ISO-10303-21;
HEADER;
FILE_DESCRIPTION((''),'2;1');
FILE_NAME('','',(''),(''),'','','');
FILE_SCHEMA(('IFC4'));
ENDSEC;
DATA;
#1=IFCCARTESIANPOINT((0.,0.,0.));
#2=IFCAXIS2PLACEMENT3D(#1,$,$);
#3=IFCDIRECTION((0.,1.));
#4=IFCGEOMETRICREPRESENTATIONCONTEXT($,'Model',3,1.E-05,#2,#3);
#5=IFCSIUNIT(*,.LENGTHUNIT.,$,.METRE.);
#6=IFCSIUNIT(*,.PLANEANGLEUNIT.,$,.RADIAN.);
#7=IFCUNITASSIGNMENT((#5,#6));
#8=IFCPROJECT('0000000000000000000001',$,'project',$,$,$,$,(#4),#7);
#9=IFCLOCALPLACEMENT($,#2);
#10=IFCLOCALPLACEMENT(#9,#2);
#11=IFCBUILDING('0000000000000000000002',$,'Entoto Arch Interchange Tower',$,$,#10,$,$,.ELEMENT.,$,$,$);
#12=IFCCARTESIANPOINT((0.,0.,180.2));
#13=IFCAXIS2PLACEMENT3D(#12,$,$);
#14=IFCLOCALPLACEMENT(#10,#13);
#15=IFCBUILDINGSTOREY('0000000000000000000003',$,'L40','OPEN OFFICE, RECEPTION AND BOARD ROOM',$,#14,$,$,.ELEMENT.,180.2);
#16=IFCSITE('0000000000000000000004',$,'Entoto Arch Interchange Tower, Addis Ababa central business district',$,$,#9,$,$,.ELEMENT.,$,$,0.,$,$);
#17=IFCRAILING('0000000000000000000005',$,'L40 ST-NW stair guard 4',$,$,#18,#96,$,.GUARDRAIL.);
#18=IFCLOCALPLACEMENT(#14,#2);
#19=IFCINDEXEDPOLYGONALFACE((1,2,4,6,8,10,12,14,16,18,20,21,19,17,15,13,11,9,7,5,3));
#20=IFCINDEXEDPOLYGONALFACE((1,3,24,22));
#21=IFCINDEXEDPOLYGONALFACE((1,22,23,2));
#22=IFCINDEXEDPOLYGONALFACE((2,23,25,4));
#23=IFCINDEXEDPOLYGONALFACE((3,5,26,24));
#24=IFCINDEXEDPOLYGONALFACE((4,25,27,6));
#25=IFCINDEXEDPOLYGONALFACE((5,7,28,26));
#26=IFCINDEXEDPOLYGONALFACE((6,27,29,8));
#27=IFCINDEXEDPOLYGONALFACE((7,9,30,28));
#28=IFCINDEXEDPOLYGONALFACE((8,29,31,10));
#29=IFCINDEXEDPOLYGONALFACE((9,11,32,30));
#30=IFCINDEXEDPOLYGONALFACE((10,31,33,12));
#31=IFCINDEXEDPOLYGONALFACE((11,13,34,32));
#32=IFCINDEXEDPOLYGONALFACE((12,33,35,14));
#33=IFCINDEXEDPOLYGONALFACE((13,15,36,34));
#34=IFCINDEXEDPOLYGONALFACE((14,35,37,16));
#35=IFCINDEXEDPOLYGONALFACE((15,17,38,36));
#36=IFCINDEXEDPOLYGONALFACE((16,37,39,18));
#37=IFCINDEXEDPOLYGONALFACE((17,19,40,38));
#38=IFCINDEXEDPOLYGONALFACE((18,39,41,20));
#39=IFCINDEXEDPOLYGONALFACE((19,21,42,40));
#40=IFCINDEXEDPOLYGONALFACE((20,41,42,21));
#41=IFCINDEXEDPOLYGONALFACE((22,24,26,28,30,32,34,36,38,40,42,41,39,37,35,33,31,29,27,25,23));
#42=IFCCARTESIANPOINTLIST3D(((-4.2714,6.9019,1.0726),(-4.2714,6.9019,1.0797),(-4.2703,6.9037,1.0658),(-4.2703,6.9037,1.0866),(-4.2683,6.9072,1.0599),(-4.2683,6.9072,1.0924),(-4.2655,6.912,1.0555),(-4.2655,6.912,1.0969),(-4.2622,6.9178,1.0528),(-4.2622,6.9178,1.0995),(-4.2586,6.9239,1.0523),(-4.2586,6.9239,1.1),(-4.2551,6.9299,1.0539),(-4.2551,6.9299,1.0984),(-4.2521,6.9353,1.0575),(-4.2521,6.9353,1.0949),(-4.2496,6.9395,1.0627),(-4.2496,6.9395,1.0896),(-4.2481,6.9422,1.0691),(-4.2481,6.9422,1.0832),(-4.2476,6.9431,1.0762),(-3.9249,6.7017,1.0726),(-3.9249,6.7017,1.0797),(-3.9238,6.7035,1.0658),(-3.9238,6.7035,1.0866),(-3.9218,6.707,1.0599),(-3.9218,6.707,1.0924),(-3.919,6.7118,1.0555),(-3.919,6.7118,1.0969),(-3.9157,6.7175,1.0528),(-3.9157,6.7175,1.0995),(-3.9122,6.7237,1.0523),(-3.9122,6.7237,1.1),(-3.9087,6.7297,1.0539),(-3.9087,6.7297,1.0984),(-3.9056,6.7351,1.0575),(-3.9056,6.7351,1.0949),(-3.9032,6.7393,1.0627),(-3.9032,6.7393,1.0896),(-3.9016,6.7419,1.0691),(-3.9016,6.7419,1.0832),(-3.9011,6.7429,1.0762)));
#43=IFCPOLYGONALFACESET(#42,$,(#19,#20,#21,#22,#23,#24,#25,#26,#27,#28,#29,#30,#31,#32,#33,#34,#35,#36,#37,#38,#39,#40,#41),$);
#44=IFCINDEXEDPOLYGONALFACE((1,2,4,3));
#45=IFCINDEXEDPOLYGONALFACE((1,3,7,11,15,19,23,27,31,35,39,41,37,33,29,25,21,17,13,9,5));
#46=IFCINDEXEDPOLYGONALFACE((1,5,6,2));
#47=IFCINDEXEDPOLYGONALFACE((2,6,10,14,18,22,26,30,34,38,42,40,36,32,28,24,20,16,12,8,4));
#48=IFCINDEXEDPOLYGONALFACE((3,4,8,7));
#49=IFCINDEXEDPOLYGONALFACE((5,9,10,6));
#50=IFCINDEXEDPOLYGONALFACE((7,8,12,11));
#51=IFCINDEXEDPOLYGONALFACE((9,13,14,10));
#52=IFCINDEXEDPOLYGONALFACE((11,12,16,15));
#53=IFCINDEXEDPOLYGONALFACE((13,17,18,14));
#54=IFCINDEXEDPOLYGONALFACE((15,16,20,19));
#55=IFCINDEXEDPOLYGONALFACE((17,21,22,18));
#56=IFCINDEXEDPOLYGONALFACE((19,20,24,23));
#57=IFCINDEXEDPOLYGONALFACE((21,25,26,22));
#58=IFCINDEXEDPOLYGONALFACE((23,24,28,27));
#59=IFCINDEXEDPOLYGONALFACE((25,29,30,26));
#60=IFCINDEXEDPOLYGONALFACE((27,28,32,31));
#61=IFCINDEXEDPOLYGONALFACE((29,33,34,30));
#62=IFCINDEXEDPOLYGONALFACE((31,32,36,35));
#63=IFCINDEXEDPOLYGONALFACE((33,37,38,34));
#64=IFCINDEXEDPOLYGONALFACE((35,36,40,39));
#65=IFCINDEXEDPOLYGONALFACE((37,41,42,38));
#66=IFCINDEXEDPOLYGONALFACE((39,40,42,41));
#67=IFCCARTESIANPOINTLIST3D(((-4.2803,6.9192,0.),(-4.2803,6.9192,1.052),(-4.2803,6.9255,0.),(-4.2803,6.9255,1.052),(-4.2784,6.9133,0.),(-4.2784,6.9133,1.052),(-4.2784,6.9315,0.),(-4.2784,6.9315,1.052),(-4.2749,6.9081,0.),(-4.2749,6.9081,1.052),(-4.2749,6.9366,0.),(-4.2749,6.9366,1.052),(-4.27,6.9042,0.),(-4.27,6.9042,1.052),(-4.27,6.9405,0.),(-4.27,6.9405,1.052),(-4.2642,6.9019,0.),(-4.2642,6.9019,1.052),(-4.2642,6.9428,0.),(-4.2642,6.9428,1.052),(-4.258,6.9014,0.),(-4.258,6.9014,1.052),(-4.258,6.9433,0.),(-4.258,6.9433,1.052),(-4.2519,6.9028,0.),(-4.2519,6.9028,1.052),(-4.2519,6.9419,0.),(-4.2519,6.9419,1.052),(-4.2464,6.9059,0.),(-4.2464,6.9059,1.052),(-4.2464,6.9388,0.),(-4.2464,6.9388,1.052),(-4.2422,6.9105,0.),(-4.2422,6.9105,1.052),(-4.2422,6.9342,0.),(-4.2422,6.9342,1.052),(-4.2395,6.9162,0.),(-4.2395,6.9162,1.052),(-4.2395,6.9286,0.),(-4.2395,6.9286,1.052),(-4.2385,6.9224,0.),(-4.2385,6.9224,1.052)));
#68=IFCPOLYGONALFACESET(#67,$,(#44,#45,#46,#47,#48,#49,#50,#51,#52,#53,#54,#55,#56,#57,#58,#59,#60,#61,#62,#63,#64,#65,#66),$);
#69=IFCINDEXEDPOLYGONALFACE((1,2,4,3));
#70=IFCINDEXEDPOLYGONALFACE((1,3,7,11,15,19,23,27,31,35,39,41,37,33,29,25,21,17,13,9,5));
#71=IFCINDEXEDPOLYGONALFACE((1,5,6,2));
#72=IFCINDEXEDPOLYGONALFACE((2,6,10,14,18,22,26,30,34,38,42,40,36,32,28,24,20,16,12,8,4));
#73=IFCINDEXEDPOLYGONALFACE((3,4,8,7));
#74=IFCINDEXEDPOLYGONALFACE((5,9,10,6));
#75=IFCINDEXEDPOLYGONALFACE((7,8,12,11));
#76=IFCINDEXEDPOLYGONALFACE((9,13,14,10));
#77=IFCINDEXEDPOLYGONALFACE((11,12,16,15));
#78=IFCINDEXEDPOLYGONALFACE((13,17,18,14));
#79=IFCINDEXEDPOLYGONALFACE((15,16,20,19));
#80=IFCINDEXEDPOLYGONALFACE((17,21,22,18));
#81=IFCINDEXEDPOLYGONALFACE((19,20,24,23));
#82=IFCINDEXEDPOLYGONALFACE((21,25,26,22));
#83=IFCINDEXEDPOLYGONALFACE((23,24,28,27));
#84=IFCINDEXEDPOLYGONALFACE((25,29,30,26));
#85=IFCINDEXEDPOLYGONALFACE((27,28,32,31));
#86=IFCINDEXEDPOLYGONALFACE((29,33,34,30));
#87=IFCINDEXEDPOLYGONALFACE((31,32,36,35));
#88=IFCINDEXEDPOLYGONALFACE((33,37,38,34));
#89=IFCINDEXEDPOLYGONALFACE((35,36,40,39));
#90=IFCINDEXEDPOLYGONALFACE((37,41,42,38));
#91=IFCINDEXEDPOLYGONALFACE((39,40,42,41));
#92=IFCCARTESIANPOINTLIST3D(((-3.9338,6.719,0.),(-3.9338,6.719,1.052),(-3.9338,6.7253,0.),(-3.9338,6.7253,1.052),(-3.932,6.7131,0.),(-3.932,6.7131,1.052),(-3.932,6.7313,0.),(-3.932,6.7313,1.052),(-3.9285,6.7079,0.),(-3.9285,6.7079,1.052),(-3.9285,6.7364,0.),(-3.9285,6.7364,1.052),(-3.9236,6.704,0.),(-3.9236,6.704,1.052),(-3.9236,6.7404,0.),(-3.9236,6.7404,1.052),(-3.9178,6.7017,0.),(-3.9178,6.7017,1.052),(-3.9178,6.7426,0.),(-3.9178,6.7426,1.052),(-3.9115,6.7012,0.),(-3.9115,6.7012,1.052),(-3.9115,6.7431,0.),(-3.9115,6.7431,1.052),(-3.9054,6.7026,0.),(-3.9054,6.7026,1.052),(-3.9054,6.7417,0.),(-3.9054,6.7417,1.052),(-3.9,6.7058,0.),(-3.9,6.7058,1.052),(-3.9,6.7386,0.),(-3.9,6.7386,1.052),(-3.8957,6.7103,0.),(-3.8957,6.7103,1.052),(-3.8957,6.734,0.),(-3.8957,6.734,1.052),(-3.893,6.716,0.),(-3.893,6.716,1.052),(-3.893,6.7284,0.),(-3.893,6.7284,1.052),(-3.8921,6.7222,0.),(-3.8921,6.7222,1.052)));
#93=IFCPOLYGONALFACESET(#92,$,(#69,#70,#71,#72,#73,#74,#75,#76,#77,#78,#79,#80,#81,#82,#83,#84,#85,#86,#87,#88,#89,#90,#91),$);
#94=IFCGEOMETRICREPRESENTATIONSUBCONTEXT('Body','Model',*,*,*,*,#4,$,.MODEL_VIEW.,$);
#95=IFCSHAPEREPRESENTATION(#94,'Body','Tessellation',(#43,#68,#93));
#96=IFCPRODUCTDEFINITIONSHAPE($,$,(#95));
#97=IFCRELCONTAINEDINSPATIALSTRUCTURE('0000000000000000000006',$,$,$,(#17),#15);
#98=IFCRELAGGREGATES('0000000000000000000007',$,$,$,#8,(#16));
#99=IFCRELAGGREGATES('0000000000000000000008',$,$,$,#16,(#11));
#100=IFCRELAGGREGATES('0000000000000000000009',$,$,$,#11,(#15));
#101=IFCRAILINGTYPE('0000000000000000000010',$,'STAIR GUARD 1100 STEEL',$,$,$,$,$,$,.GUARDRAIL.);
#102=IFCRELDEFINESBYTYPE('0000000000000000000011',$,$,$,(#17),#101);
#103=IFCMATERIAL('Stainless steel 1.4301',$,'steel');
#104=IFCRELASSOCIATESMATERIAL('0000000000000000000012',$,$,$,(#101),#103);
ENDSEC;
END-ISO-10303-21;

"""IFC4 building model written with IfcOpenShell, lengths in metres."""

from ifc_helpers import new_model, si_unit, direction, frame, origin, origin_2d, place, context, subcontext, project, spatial, circle, extrude, material, type_object, element, save


model = new_model("IFC4")

# Units and contexts
model_context = context("Model", 3, precision=1e-05, world=origin(), true_north=direction((0.0, 1.0)))
body_context = subcontext(model_context, "Body", "Model", "MODEL_VIEW")
ifc_project = project(units=[si_unit("LENGTHUNIT", "METRE"), si_unit("PLANEANGLEUNIT", "RADIAN")], contexts=[model_context])

# Site, building, storey
site_placement = place(None, origin())
site = spatial("IfcSite", under=ifc_project, at=site_placement, Name="Entoto Arch Interchange Tower, Addis Ababa central business district", CompositionType="ELEMENT", RefElevation=0.0)
building_placement = place(site_placement, origin())
building = spatial("IfcBuilding", under=site, at=building_placement, Name="Entoto Arch Interchange Tower", CompositionType="ELEMENT")
storey_placement = place(building_placement, frame((0.0, 0.0, 180.2)))
storey = spatial("IfcBuildingStorey", under=building, at=storey_placement, Name="L40", Description="OPEN OFFICE, RECEPTION AND BOARD ROOM", CompositionType="ELEMENT", Elevation=180.2)

# Railing
ifc_material_1 = material(Name="Stainless steel 1.4301", Category="steel")
railing_type_1 = type_object("IfcRailingType", Name="STAIR GUARD 1100 STEEL", PredefinedType="GUARDRAIL", material=ifc_material_1)
railing_1_placement = place(storey_placement, frame((-4.2595, 6.9224, 0.0)))
element("IfcRailing", 1, at=railing_1_placement, inside=storey, type_object=railing_type_1, Name="L40 ST-NW stair guard 4", PredefinedType="GUARDRAIL", context=body_context, shape_type="SweptSolid", body=[
    extrude(circle(Radius=0.0239, at=origin_2d()), frame((0.0, 0.0, 1.0762), z_axis=(0.86583, -0.500339, 0.0), x_axis=(0.500339, 0.86583, 0.0)), (0.0, 0.0, 1.0), 0.4001),
    extrude(circle(Radius=0.021, at=origin_2d()), origin(), (0.0, 0.0, 1.0), 1.052),
    extrude(circle(Radius=0.021, at=origin_2d()), frame((0.3464, -0.2002, 0.0)), (0.0, 0.0, 1.0), 1.052),
])

save(model, "model.ifc")
